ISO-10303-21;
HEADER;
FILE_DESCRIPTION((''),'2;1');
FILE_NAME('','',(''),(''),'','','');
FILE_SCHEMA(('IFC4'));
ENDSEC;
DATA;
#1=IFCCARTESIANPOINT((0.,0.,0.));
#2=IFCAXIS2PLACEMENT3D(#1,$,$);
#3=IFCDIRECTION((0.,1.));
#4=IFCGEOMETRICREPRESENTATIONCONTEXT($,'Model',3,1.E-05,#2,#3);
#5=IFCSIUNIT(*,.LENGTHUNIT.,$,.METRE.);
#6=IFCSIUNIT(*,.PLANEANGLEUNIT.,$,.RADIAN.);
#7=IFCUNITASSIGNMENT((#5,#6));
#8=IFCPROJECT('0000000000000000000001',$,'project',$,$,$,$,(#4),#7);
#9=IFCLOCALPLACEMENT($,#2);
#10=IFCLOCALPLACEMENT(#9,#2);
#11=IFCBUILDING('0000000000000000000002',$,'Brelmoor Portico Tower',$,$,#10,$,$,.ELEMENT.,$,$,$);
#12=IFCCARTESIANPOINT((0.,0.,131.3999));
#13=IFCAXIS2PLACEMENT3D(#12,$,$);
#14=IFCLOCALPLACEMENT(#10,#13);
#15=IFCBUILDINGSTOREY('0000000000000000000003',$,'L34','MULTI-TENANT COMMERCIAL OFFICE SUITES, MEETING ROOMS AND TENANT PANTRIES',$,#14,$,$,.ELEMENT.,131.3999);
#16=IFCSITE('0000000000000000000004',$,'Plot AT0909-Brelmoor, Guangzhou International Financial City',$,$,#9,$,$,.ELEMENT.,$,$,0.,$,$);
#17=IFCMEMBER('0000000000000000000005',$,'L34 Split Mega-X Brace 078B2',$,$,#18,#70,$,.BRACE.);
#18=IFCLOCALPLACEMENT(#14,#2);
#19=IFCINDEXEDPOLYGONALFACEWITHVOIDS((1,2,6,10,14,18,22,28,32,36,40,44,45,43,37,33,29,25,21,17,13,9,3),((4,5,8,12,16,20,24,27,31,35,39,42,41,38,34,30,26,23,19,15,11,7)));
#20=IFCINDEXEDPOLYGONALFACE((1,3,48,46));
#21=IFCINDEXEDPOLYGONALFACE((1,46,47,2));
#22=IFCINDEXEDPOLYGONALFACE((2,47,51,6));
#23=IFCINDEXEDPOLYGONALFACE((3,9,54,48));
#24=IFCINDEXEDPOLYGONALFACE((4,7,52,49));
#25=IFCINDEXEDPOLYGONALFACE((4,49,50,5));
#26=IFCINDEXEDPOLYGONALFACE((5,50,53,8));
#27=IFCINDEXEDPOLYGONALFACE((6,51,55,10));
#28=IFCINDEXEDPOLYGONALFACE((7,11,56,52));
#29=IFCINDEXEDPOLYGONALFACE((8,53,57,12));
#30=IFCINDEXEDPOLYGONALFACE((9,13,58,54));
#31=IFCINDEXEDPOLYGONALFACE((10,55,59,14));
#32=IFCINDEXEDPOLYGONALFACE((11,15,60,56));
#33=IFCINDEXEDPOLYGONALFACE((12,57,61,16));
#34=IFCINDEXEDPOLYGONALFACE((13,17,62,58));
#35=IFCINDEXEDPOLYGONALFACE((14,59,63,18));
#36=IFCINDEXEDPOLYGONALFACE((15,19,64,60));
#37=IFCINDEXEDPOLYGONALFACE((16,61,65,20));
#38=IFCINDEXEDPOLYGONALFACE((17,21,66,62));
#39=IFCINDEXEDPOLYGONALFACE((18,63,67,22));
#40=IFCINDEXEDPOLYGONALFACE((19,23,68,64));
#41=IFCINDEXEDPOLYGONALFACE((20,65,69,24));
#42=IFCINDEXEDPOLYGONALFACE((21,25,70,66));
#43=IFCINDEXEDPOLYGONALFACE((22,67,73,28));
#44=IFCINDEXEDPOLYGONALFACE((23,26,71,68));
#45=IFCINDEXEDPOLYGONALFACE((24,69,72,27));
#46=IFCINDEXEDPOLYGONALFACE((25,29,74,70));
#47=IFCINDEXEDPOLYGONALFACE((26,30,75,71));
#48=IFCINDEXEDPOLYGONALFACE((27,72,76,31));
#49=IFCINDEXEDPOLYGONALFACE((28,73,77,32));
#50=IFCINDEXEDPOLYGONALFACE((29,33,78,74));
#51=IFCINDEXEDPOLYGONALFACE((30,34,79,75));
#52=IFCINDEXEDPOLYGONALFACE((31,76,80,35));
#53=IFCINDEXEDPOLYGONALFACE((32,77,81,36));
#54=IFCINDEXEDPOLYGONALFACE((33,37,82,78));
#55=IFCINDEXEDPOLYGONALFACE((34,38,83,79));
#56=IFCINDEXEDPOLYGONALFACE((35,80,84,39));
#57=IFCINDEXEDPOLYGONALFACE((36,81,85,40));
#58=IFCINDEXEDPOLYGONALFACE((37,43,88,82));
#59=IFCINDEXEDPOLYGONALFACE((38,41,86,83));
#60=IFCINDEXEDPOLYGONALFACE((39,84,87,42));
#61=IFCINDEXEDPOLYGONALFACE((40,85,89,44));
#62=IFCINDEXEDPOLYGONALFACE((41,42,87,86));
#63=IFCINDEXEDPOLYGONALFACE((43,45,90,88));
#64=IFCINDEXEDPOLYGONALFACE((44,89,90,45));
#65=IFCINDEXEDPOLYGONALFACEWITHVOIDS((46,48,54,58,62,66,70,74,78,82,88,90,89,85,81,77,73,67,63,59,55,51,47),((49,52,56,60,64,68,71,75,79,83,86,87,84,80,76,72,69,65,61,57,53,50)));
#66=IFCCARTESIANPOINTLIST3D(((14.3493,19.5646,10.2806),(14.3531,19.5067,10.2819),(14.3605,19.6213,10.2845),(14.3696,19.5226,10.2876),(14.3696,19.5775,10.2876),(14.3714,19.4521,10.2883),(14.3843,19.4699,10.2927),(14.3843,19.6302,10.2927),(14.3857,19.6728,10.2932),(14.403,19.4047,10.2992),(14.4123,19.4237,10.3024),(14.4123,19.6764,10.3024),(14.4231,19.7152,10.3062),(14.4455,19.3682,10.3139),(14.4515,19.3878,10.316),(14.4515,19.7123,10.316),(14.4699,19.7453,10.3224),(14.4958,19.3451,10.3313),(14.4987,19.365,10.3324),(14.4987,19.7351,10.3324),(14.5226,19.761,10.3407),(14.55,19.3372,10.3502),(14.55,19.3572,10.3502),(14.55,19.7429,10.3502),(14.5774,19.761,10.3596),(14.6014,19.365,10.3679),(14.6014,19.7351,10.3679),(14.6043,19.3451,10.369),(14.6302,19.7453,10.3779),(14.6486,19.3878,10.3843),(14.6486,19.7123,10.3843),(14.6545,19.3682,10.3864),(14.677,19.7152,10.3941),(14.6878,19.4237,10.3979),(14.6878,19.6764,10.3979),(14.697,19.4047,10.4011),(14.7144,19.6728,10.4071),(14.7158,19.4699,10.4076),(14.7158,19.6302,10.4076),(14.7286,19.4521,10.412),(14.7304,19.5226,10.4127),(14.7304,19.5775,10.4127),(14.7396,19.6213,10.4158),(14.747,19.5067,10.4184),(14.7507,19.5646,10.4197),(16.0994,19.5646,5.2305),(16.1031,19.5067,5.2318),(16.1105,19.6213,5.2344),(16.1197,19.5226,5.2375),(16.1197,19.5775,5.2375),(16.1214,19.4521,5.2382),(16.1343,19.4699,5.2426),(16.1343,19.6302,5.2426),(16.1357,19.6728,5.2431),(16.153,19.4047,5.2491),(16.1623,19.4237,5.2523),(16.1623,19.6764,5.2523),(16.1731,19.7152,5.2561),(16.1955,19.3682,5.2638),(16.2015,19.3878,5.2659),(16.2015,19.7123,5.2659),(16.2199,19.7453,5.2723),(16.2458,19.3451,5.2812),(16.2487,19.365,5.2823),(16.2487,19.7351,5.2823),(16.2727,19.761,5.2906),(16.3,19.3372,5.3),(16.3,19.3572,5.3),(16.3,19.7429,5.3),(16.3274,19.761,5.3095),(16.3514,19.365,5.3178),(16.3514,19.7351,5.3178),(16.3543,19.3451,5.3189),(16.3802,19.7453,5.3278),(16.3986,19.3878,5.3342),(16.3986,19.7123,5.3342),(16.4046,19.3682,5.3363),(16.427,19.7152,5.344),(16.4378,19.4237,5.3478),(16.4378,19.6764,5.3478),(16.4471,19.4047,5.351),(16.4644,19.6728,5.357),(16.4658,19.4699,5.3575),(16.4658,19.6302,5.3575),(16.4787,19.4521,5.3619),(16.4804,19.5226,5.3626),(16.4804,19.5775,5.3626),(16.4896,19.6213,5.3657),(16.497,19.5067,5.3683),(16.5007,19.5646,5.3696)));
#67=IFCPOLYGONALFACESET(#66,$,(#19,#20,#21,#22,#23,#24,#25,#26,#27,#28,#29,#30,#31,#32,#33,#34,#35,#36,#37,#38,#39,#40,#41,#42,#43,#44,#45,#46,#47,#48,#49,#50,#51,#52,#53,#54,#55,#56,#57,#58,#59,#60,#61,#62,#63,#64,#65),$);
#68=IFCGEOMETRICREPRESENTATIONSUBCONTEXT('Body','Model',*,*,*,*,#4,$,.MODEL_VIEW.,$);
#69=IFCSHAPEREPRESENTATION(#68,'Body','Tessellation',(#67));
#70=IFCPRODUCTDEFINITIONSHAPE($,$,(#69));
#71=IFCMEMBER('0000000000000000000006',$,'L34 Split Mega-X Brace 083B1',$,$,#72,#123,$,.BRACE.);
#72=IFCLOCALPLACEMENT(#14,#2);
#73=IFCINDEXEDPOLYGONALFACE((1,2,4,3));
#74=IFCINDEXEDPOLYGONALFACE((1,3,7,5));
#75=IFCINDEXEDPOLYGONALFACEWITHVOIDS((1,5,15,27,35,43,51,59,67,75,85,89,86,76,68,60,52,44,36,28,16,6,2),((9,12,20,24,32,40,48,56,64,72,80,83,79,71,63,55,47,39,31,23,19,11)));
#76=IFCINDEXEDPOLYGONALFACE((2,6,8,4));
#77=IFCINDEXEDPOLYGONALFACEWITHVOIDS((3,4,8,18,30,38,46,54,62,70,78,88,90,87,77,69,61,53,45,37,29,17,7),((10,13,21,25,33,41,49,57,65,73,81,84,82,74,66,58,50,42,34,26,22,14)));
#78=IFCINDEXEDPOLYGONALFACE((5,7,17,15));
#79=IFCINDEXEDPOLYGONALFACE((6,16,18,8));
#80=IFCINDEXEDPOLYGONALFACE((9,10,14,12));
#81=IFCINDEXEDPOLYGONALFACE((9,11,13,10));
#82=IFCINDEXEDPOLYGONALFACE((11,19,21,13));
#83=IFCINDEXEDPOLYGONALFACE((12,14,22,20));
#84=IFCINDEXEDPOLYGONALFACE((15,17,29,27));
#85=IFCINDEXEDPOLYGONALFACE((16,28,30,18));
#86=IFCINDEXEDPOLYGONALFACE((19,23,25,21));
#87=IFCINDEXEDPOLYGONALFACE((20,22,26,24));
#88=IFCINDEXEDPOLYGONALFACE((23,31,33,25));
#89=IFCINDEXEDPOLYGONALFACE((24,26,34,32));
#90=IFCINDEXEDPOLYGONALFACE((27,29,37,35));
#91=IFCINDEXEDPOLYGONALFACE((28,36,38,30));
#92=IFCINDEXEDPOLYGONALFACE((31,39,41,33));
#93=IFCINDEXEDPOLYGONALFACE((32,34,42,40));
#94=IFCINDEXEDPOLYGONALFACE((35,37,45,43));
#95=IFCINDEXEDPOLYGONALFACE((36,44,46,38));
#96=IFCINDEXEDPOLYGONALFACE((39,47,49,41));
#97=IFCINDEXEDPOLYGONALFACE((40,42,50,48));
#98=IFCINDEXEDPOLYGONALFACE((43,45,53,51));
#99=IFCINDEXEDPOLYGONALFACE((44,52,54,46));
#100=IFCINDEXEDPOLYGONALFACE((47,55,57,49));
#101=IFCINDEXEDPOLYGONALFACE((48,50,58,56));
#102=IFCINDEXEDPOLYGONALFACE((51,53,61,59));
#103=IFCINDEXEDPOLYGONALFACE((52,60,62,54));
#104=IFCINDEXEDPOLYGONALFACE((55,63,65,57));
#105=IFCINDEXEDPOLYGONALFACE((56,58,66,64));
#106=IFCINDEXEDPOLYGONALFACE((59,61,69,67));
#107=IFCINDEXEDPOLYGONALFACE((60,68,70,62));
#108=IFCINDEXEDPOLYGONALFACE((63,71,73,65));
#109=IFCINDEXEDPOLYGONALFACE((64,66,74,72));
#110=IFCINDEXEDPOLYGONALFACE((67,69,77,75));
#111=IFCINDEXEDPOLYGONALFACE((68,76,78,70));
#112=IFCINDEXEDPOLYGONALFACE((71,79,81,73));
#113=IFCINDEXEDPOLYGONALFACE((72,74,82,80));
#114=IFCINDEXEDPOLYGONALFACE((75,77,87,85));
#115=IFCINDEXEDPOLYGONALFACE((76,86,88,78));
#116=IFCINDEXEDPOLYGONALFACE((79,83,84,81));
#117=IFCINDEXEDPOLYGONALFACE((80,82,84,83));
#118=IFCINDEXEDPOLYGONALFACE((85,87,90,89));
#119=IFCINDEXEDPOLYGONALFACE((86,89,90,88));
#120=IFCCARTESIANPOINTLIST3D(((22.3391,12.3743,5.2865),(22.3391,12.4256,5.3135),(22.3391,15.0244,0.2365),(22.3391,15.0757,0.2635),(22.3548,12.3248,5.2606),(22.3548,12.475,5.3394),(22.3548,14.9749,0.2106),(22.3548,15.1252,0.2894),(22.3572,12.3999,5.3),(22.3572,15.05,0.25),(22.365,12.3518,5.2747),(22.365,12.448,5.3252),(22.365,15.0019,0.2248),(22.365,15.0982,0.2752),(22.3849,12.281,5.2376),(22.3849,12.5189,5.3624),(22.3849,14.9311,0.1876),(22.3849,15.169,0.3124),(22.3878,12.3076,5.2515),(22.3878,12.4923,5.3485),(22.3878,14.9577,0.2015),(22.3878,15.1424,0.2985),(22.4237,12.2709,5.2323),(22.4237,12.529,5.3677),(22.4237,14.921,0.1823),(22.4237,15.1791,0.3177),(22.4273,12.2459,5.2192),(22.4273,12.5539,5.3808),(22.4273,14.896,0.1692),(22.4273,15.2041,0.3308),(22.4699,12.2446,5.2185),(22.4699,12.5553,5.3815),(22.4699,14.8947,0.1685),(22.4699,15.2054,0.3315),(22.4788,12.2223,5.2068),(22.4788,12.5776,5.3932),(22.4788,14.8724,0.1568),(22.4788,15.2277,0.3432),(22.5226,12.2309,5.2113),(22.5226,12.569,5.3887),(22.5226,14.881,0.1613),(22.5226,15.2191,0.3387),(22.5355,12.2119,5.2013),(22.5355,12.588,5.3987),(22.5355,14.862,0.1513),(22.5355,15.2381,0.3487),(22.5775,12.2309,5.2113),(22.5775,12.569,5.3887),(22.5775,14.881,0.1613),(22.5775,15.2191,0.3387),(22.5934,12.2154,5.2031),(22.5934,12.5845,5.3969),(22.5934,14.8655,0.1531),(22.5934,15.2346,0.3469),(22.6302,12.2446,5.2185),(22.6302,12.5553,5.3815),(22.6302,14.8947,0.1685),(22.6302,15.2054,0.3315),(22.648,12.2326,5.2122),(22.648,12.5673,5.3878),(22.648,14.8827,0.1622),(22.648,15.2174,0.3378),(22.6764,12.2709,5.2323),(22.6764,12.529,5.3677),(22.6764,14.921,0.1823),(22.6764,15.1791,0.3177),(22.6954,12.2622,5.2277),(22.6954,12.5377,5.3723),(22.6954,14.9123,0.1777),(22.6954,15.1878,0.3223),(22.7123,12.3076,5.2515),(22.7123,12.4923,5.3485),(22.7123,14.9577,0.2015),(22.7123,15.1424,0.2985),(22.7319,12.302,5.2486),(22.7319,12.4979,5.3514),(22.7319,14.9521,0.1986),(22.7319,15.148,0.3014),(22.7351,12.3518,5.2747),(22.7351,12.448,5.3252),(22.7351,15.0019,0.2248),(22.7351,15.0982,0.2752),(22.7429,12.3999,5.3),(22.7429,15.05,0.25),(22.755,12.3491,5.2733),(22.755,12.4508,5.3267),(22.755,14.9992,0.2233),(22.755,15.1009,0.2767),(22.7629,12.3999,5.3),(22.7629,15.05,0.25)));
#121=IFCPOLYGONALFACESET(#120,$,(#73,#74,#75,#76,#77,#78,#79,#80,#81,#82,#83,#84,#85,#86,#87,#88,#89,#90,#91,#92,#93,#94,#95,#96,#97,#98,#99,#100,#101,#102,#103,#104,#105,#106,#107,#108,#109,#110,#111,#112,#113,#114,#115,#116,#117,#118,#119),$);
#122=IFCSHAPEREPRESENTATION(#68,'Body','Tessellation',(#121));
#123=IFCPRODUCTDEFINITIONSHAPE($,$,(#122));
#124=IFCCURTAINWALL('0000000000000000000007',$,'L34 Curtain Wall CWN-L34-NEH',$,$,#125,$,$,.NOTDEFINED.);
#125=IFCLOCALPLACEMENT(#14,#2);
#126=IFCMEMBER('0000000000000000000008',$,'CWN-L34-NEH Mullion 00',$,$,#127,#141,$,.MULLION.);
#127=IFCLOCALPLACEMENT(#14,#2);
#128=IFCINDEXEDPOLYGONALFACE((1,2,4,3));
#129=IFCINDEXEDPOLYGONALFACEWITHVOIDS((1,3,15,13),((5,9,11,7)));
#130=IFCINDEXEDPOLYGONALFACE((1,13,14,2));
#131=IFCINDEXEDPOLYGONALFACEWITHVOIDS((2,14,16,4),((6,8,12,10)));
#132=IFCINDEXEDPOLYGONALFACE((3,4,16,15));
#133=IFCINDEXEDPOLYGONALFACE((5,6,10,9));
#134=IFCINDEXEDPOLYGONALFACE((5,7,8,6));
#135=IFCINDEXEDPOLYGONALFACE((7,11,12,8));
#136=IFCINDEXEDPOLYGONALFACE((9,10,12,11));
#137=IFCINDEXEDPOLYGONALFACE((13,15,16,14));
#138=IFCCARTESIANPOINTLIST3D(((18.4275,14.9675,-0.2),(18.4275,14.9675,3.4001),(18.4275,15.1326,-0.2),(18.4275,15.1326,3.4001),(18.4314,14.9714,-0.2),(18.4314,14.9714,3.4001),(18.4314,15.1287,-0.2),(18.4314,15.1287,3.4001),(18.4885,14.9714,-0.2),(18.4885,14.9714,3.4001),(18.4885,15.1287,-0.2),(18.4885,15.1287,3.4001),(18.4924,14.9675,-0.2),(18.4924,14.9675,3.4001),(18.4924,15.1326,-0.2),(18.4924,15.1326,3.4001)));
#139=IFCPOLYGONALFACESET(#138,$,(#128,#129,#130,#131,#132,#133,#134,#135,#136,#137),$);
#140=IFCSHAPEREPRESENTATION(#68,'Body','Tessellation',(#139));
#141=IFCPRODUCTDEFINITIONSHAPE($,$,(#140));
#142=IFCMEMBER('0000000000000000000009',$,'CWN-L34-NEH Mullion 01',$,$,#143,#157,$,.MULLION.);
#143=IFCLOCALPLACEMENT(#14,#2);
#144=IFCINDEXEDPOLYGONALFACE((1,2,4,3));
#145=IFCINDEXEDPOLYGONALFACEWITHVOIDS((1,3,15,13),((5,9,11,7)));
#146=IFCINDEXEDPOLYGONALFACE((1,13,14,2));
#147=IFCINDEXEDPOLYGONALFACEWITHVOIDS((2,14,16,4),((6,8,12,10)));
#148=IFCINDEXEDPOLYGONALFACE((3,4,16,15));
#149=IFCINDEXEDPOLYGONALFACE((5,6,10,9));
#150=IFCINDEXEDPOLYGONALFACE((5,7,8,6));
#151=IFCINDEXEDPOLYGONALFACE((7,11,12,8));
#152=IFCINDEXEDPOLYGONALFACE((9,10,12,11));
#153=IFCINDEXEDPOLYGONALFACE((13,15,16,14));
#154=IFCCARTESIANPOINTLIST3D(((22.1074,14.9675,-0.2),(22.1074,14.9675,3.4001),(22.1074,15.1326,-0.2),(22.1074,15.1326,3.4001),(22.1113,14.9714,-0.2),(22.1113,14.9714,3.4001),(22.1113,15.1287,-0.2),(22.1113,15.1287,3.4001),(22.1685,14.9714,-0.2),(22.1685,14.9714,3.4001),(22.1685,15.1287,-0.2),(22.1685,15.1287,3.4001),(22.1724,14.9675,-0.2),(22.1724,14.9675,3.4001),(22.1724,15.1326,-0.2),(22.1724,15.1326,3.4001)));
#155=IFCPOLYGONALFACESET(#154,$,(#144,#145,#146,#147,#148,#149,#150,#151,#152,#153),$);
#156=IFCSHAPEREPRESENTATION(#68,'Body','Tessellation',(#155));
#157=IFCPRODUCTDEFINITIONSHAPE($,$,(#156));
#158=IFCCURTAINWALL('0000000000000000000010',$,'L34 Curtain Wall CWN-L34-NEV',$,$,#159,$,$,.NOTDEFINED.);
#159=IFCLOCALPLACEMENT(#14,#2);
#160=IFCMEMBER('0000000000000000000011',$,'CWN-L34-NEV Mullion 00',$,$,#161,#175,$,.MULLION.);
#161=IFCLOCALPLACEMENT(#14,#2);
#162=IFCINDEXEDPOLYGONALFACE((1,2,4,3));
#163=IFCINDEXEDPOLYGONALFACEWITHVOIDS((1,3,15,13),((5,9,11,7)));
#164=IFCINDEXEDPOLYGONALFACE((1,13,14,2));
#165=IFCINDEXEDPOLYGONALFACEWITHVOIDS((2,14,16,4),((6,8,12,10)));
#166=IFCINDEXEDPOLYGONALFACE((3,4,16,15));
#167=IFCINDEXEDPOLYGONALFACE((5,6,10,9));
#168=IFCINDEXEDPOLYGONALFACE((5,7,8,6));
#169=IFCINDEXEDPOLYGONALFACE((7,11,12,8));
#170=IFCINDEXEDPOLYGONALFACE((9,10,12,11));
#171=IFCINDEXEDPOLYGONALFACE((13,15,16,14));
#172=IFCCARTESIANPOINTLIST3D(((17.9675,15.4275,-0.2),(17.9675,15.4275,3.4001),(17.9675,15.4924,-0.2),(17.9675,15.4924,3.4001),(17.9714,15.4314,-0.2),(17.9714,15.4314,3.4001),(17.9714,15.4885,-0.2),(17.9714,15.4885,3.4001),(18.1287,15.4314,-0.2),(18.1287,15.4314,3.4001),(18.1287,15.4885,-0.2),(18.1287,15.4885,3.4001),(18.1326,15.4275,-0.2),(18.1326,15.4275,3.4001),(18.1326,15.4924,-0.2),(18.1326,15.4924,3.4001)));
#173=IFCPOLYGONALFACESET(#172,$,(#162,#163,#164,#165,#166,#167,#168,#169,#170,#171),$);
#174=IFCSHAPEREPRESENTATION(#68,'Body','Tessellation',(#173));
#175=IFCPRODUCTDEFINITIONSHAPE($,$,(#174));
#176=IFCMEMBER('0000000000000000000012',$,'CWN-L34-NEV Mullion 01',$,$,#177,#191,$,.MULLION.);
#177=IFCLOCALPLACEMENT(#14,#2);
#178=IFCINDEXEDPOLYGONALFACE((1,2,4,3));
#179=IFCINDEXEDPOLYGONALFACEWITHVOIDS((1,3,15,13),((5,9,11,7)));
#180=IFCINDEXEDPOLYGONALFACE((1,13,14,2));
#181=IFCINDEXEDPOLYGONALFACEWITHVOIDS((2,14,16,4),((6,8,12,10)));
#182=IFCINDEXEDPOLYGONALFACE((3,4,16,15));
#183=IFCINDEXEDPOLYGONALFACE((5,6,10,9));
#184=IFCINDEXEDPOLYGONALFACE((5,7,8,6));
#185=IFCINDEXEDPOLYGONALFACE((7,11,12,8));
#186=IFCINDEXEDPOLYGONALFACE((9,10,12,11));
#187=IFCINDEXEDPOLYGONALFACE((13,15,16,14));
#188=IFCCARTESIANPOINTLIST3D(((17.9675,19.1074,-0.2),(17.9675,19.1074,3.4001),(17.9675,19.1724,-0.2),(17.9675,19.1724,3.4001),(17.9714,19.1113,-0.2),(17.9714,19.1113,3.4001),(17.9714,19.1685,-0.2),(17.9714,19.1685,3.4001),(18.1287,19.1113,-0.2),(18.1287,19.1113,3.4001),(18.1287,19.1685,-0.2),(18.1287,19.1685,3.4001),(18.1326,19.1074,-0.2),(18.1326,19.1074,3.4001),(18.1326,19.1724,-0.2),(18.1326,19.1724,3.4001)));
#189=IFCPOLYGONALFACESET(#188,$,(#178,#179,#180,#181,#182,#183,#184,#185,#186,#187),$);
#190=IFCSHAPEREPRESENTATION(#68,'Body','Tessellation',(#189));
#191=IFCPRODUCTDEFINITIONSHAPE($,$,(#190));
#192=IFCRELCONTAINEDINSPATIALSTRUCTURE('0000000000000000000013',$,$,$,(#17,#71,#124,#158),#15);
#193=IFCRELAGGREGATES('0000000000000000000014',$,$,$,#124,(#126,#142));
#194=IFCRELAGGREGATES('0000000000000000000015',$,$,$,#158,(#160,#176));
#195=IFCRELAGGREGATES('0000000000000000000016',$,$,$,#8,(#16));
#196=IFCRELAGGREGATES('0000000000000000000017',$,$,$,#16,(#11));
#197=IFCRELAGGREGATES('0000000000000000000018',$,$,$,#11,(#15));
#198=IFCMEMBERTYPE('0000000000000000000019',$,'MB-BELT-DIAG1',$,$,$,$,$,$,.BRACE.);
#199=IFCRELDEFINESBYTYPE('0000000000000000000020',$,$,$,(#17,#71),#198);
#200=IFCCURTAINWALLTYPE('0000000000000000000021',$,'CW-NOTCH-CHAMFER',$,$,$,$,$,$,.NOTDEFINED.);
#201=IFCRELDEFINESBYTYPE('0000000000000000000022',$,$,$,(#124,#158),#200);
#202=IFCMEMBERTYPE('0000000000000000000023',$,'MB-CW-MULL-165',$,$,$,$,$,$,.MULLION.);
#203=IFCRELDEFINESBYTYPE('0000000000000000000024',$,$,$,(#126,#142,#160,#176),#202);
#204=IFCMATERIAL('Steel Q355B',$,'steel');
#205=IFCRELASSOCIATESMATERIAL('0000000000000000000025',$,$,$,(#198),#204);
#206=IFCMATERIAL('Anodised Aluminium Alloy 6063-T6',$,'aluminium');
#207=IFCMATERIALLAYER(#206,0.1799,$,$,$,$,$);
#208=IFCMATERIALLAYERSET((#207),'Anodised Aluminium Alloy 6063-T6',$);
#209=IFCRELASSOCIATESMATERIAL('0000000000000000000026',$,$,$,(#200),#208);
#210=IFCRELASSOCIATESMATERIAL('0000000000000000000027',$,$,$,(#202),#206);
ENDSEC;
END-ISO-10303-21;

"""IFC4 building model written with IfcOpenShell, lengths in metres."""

from ifc_helpers import new_model, si_unit, direction, frame, origin, origin_2d, place, context, subcontext, project, spatial, hollow_rectangle, hollow_circle, extrude, material, layer, layer_set, material_profile, profile_set, type_object, element, aggregate, save


model = new_model("IFC4")

# Units and contexts
model_context = context("Model", 3, precision=1e-05, world=origin(), true_north=direction((0.0, 1.0)))
body_context = subcontext(model_context, "Body", "Model", "MODEL_VIEW")
ifc_project = project(units=[si_unit("LENGTHUNIT", "METRE"), si_unit("PLANEANGLEUNIT", "RADIAN")], contexts=[model_context])

# Site, building, storey
site_placement = place(None, origin())
site = spatial("IfcSite", under=ifc_project, at=site_placement, Name="Plot AT0909-Brelmoor, Guangzhou International Financial City", CompositionType="ELEMENT", RefElevation=0.0)
building_placement = place(site_placement, origin())
building = spatial("IfcBuilding", under=site, at=building_placement, Name="Brelmoor Portico Tower", CompositionType="ELEMENT")
storey_placement = place(building_placement, frame((0.0, 0.0, 131.3999)))
storey = spatial("IfcBuildingStorey", under=building, at=storey_placement, Name="L34", Description="MULTI-TENANT COMMERCIAL OFFICE SUITES, MEETING ROOMS AND TENANT PANTRIES", CompositionType="ELEMENT", Elevation=131.3999)

# Shared definitions
ifc_material_1 = material(Name="Steel Q355B", Category="steel")

# Members
ifc_material_profile_1 = material_profile(ifc_material_1, hollow_circle(Radius=0.2129, WallThickness=0.02, at=origin_2d()), Name="CHS 426x20")
ifc_profile_set_1 = profile_set([ifc_material_profile_1], Name="Steel Q355B")
member_type_1 = type_object("IfcMemberType", Name="MB-BELT-DIAG1", PredefinedType="BRACE", material=ifc_profile_set_1)
for number, where, z_axis, x_axis, name in (
    (1, (16.3, 19.55, 5.3), (-0.327429, 0.0, 0.944876), (0.0, -1.0, 0.0), "L34 Split Mega-X Brace 078B2"),
):
    element("IfcMember", number, at=place(storey_placement, frame(where, z_axis=z_axis, x_axis=x_axis)), inside=storey, type_object=member_type_1, Name=name, PredefinedType="BRACE", context=body_context, shape_type="SweptSolid", body=[
        extrude(hollow_circle(Radius=0.2129, WallThickness=0.02, at=origin_2d()), origin(), (0.0, 0.0, 1.0), 5.3447),
    ])
member_1_placement = place(storey_placement, frame((22.55, 15.05, 0.25), z_axis=(0.0, -0.464679, 0.885479), x_axis=(1.0, 0.0, 0.0)))
element("IfcMember", 2, at=member_1_placement, inside=storey, type_object=member_type_1, Name="L34 Split Mega-X Brace 083B1", PredefinedType="BRACE", context=body_context, shape_type="SweptSolid", body=[
    extrude(hollow_circle(Radius=0.2129, WallThickness=0.02, at=origin_2d()), origin(), (0.0, 0.0, 1.0), 5.7031),
])

# Curtain walls, members
ifc_material_2 = material(Name="Anodised Aluminium Alloy 6063-T6", Category="aluminium")
ifc_layer_1 = layer(ifc_material_2, 0.1799)
ifc_layer_set_1 = layer_set([ifc_layer_1], Name="Anodised Aluminium Alloy 6063-T6")
curtain_wall_type_1 = type_object("IfcCurtainWallType", Name="CW-NOTCH-CHAMFER", PredefinedType="NOTDEFINED", material=ifc_layer_set_1)
curtain_wall_1_placement = place(storey_placement, origin())
curtain_wall_1 = element("IfcCurtainWall", 3, at=curtain_wall_1_placement, inside=storey, type_object=curtain_wall_type_1, Name="L34 Curtain Wall CWN-L34-NEH", PredefinedType="NOTDEFINED")
ifc_material_profile_2 = material_profile(ifc_material_2, hollow_rectangle(XDim=0.0649, YDim=0.165, WallThickness=0.0039, at=origin_2d()), Name="ALU MULLION 65x165")
ifc_profile_set_2 = profile_set([ifc_material_profile_2], Name="Anodised Aluminium Alloy 6063-T6")
member_type_2 = type_object("IfcMemberType", Name="MB-CW-MULL-165", PredefinedType="MULLION", material=ifc_profile_set_2)
member_2_placement = place(storey_placement, frame((18.46, 15.05, -0.2), z_axis=(0.0, 0.0, 1.0), x_axis=(1.0, 0.0, 0.0)))
member_2 = element("IfcMember", 4, at=member_2_placement, type_object=member_type_2, Name="CWN-L34-NEH Mullion 00", PredefinedType="MULLION", context=body_context, shape_type="SweptSolid", body=[
    extrude(hollow_rectangle(XDim=0.0649, YDim=0.165, WallThickness=0.0039, at=origin_2d()), origin(), (0.0, 0.0, 1.0), 3.6001),
])
member_3_placement = place(storey_placement, frame((22.1399, 15.05, -0.2), z_axis=(0.0, 0.0, 1.0), x_axis=(1.0, 0.0, 0.0)))
member_3 = element("IfcMember", 5, at=member_3_placement, type_object=member_type_2, Name="CWN-L34-NEH Mullion 01", PredefinedType="MULLION", context=body_context, shape_type="SweptSolid", body=[
    extrude(hollow_rectangle(XDim=0.0649, YDim=0.165, WallThickness=0.0039, at=origin_2d()), origin(), (0.0, 0.0, 1.0), 3.6001),
])
curtain_wall_2_placement = place(storey_placement, origin())
curtain_wall_2 = element("IfcCurtainWall", 6, at=curtain_wall_2_placement, inside=storey, type_object=curtain_wall_type_1, Name="L34 Curtain Wall CWN-L34-NEV", PredefinedType="NOTDEFINED")
member_4_placement = place(storey_placement, frame((18.05, 15.46, -0.2), z_axis=(0.0, 0.0, 1.0), x_axis=(0.0, 1.0, 0.0)))
member_4 = element("IfcMember", 7, at=member_4_placement, type_object=member_type_2, Name="CWN-L34-NEV Mullion 00", PredefinedType="MULLION", context=body_context, shape_type="SweptSolid", body=[
    extrude(hollow_rectangle(XDim=0.0649, YDim=0.165, WallThickness=0.0039, at=origin_2d()), origin(), (0.0, 0.0, 1.0), 3.6001),
])
member_5_placement = place(storey_placement, frame((18.05, 19.1399, -0.2), z_axis=(0.0, 0.0, 1.0), x_axis=(0.0, 1.0, 0.0)))
member_5 = element("IfcMember", 8, at=member_5_placement, type_object=member_type_2, Name="CWN-L34-NEV Mullion 01", PredefinedType="MULLION", context=body_context, shape_type="SweptSolid", body=[
    extrude(hollow_rectangle(XDim=0.0649, YDim=0.165, WallThickness=0.0039, at=origin_2d()), origin(), (0.0, 0.0, 1.0), 3.6001),
])

aggregate(curtain_wall_1, [member_2, member_3])
aggregate(curtain_wall_2, [member_4, member_5])

save(model, "model.ifc")
